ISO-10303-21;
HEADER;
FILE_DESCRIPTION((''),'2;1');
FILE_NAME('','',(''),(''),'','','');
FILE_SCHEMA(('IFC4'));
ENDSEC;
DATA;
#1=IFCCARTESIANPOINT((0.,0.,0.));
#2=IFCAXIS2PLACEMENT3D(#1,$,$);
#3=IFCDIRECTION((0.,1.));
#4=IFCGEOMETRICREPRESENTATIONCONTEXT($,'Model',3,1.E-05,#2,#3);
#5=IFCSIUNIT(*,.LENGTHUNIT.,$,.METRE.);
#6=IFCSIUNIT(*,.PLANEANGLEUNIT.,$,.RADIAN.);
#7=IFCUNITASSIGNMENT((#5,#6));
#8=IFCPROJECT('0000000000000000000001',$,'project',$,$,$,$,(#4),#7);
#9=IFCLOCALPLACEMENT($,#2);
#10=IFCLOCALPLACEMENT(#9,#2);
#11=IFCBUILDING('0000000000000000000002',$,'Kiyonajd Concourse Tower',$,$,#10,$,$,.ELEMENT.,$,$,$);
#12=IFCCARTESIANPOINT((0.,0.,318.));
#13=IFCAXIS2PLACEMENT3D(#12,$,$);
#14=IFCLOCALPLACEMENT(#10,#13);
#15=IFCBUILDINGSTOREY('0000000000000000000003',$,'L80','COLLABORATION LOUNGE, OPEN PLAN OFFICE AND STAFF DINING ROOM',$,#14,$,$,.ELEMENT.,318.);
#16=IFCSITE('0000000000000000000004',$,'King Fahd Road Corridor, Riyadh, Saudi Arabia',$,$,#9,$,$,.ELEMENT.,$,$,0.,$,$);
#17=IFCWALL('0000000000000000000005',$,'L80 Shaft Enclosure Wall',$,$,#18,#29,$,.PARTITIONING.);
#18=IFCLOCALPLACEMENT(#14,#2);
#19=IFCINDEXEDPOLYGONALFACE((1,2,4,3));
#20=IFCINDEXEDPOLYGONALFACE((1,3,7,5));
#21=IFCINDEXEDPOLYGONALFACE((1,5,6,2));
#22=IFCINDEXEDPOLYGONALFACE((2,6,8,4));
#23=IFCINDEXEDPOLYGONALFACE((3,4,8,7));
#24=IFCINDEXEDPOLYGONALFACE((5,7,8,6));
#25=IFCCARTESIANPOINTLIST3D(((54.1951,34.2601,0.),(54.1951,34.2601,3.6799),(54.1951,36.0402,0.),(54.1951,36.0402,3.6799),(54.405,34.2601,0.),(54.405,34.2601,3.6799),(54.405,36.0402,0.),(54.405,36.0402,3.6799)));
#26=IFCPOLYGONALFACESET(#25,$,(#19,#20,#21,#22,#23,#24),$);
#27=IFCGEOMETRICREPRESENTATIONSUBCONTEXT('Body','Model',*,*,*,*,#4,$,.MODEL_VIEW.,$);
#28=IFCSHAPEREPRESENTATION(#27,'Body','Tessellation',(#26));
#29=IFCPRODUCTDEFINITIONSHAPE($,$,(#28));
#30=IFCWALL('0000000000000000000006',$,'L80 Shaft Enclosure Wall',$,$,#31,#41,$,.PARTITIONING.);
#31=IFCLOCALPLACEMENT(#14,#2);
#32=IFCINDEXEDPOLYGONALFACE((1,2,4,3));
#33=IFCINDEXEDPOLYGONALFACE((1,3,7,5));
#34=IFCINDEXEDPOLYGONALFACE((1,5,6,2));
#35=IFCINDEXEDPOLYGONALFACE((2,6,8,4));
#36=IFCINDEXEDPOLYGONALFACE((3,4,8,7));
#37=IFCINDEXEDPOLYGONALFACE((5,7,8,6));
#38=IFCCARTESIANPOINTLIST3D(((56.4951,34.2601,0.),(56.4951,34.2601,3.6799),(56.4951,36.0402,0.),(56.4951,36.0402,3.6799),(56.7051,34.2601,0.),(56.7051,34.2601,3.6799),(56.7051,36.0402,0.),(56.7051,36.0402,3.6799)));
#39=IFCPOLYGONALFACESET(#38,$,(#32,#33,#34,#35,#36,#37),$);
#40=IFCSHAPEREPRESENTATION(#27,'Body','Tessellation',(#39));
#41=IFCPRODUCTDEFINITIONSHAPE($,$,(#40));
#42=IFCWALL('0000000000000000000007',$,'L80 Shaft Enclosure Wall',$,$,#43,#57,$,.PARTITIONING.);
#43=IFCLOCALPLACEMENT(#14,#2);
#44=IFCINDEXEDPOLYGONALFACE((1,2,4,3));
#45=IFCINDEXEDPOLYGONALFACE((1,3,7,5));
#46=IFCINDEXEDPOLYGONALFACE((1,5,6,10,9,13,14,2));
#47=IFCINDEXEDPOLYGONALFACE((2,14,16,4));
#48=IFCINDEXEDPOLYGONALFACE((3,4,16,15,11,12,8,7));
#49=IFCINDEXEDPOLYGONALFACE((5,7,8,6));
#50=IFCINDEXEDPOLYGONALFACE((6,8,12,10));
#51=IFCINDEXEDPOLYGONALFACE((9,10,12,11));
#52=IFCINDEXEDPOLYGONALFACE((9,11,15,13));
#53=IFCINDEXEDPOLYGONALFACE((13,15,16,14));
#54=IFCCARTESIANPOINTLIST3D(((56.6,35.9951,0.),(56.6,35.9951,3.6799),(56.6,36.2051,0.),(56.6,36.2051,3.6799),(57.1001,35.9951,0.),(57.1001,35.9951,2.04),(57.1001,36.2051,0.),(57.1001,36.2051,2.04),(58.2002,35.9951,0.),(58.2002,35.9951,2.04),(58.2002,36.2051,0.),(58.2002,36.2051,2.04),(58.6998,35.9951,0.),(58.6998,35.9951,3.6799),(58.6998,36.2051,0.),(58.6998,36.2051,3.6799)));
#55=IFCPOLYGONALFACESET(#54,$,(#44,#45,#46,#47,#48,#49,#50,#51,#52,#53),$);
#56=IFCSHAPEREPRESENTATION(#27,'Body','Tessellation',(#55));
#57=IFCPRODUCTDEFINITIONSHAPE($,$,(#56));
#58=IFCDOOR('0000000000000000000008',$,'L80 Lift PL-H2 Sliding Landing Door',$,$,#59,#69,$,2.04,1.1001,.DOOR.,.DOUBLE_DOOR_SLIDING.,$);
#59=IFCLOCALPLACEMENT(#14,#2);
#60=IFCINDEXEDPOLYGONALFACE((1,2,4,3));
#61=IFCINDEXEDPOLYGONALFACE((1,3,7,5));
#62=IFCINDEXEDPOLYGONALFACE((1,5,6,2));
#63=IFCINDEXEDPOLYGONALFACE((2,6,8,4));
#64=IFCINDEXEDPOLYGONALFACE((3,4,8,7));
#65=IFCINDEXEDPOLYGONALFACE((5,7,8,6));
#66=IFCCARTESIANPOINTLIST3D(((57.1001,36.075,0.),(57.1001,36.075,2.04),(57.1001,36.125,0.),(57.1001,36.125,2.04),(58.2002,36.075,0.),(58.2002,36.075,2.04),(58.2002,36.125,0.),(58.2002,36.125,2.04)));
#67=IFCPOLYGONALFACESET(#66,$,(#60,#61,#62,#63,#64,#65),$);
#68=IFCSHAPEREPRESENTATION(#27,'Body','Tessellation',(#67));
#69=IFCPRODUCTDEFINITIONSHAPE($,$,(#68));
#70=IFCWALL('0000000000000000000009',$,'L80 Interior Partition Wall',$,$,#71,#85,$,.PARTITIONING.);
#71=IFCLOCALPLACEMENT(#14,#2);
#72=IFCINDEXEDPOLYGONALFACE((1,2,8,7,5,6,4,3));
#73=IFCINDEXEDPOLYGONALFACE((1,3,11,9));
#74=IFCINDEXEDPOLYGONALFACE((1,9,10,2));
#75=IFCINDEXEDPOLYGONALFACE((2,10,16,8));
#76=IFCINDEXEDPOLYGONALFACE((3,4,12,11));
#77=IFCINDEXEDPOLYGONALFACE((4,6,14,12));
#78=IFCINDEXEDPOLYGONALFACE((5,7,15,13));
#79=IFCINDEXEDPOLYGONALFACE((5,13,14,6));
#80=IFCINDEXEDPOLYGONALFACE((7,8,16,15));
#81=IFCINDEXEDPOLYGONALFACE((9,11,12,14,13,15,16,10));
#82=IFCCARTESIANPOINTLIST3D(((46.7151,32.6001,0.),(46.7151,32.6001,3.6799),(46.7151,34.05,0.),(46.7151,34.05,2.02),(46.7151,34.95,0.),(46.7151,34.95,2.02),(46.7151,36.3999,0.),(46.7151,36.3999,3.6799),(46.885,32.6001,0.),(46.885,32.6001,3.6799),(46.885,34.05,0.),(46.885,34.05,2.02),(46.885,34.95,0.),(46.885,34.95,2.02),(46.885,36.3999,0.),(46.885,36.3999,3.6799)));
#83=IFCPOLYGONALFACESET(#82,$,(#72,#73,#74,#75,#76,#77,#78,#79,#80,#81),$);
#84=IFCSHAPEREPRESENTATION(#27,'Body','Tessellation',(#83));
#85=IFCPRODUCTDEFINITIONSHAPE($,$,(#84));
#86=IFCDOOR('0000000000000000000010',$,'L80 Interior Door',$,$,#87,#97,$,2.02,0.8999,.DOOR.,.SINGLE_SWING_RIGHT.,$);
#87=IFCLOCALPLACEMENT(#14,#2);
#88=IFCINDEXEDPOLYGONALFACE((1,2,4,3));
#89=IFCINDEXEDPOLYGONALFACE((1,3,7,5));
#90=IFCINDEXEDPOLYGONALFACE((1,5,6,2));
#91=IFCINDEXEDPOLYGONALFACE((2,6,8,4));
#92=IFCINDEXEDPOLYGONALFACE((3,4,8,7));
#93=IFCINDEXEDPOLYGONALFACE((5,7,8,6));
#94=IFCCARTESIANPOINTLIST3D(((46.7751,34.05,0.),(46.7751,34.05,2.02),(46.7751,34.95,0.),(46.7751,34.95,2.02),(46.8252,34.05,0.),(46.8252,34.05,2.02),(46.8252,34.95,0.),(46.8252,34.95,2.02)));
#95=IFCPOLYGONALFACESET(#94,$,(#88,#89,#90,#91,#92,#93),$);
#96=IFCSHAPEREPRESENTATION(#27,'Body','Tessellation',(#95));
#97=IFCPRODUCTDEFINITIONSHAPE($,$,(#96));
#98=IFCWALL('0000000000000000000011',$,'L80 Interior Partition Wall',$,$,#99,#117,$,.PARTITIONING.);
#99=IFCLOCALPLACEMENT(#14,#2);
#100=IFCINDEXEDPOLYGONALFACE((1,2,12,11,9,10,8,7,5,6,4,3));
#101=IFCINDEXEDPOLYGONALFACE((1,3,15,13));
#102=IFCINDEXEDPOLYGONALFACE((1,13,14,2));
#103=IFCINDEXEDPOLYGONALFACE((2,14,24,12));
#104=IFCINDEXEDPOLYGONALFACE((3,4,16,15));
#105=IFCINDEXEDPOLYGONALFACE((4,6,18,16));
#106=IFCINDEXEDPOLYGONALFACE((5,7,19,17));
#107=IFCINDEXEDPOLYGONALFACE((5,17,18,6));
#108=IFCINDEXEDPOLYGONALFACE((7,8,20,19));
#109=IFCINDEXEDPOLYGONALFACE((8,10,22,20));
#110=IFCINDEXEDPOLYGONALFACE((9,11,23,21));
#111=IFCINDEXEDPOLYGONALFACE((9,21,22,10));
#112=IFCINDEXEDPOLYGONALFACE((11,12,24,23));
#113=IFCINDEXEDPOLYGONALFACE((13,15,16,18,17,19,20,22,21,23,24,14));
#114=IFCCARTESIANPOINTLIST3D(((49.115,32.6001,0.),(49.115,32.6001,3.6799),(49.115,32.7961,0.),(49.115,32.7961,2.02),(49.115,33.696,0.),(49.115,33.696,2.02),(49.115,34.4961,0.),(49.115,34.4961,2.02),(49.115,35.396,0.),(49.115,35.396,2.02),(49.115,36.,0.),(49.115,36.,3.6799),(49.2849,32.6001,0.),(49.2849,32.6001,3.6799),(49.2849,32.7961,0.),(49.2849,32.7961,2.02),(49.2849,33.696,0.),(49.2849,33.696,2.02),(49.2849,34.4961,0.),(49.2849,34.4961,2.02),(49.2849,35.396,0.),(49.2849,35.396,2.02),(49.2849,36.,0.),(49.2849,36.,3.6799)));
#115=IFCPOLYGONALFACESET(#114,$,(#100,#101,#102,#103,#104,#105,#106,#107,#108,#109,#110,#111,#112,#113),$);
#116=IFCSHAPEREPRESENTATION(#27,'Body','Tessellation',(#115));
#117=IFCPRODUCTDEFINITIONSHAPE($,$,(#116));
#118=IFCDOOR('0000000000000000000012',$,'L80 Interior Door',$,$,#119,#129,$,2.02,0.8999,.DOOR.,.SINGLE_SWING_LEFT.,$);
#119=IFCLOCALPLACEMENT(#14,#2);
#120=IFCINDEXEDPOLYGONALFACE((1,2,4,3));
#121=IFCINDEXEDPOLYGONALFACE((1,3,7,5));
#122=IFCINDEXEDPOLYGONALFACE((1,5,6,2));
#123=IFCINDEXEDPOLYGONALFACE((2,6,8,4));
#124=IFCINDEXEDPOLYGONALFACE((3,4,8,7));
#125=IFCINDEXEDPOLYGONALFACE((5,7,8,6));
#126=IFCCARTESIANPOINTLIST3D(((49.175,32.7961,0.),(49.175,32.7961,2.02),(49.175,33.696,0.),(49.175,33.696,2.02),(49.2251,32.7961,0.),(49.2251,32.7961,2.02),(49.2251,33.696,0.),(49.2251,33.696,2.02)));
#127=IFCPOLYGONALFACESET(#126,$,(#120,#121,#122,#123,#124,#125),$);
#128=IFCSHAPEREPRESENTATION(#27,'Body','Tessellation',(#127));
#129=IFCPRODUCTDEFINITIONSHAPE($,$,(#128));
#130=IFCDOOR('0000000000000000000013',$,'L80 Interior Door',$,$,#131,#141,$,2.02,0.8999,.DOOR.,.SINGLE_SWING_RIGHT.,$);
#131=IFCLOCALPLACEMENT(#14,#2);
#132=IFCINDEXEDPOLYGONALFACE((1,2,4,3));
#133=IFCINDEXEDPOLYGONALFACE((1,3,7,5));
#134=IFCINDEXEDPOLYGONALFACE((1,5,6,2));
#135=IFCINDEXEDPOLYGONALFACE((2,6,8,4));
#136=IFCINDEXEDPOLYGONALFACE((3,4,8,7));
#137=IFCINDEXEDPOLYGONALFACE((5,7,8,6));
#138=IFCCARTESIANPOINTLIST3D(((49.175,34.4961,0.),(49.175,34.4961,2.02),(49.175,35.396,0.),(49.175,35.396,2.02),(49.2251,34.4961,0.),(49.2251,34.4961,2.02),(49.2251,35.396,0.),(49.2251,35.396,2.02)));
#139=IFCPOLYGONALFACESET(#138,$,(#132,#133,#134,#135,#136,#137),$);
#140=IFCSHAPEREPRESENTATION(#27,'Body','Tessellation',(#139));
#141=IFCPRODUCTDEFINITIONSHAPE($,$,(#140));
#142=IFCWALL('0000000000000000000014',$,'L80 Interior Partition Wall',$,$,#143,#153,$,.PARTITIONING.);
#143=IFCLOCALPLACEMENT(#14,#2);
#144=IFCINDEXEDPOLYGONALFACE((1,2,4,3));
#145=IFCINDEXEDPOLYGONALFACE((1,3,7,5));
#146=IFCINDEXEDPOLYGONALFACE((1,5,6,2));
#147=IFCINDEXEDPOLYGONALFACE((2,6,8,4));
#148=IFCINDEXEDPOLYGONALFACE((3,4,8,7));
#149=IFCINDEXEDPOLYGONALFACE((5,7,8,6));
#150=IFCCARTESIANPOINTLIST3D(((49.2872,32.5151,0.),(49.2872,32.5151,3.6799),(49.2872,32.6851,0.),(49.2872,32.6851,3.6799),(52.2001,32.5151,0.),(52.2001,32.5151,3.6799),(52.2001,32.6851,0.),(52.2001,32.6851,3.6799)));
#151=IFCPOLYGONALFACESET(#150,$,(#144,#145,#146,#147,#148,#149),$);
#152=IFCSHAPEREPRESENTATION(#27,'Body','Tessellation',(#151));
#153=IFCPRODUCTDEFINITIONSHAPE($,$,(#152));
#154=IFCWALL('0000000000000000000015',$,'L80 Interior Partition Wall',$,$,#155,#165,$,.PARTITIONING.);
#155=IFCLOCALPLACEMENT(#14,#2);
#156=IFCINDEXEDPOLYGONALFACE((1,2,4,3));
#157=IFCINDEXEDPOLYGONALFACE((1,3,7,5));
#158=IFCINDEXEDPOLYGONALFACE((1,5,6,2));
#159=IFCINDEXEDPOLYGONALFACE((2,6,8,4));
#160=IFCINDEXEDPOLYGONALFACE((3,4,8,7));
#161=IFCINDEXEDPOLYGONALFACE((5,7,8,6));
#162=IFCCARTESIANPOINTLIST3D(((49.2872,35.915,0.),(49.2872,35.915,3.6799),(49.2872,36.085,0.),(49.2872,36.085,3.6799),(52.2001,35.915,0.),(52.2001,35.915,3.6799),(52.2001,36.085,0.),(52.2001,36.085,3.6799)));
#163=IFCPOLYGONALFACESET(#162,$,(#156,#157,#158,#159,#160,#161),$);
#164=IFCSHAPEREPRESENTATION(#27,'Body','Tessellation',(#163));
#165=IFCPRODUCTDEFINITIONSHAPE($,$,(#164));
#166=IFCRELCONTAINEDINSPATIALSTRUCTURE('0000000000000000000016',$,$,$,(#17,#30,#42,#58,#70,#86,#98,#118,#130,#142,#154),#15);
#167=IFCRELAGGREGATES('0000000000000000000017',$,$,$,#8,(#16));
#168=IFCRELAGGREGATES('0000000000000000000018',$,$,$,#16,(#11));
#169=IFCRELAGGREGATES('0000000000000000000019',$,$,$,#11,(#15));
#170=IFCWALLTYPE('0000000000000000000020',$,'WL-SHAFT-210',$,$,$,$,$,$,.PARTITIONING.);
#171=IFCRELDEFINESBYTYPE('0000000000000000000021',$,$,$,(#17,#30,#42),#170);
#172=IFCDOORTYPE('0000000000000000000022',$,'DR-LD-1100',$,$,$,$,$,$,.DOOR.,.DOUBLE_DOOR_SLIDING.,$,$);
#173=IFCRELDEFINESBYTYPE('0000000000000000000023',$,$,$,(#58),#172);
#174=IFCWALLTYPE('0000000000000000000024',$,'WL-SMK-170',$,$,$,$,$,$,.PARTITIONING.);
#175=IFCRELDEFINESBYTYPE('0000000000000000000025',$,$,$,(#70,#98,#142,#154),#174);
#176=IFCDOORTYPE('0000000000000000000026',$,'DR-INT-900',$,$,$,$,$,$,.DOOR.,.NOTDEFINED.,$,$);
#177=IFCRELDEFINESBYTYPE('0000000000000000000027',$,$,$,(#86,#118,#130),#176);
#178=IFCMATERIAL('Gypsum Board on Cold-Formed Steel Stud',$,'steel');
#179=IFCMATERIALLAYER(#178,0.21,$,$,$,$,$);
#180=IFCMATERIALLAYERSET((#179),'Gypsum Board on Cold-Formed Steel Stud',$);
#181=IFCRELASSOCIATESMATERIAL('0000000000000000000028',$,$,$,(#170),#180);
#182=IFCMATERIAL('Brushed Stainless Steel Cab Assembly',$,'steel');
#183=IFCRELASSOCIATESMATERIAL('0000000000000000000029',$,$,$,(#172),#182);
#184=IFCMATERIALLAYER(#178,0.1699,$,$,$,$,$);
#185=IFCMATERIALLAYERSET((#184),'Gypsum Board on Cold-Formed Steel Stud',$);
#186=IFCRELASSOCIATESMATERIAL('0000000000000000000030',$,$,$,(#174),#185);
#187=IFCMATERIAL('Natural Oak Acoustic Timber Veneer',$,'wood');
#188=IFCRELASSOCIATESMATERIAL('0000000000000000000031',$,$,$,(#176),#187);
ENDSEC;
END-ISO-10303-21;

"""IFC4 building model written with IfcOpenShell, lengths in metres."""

from ifc_helpers import new_model, si_unit, direction, frame, frame_2d, origin, place, context, subcontext, project, spatial, rectangle, extrude, material, layer, layer_set, type_object, element, fill, save


model = new_model("IFC4")

# Units and contexts
model_context = context("Model", 3, precision=1e-05, world=origin(), true_north=direction((0.0, 1.0)))
body_context = subcontext(model_context, "Body", "Model", "MODEL_VIEW")
ifc_project = project(units=[si_unit("LENGTHUNIT", "METRE"), si_unit("PLANEANGLEUNIT", "RADIAN")], contexts=[model_context])

# Site, building, storey
site_placement = place(None, origin())
site = spatial("IfcSite", under=ifc_project, at=site_placement, Name="King Fahd Road Corridor, Riyadh, Saudi Arabia", CompositionType="ELEMENT", RefElevation=0.0)
building_placement = place(site_placement, origin())
building = spatial("IfcBuilding", under=site, at=building_placement, Name="Kiyonajd Concourse Tower", CompositionType="ELEMENT")
storey_placement = place(building_placement, frame((0.0, 0.0, 318.0)))
storey = spatial("IfcBuildingStorey", under=building, at=storey_placement, Name="L80", Description="COLLABORATION LOUNGE, OPEN PLAN OFFICE AND STAFF DINING ROOM", CompositionType="ELEMENT", Elevation=318.0)

# Shared definitions
ifc_material_1 = material(Name="Gypsum Board on Cold-Formed Steel Stud", Category="steel")

# Shared definitions
ifc_layer_1 = layer(ifc_material_1, 0.21)
ifc_layer_set_1 = layer_set([ifc_layer_1], Name="Gypsum Board on Cold-Formed Steel Stud")
wall_type_1 = type_object("IfcWallType", Name="WL-SHAFT-210", PredefinedType="PARTITIONING", material=ifc_layer_set_1)
ifc_material_2 = material(Name="Brushed Stainless Steel Cab Assembly", Category="steel")

# Shared definitions
door_type_1 = type_object("IfcDoorType", Name="DR-LD-1100", OperationType="DOUBLE_DOOR_SLIDING", PredefinedType="DOOR", material=ifc_material_2)

# Walls
for number, where, z_axis, x_axis, name in (
    (1, (54.3, 34.26, 0.0), (0.0, 0.0, 1.0), (0.0, 1.0, 0.0), "L80 Shaft Enclosure Wall"),
    (2, (56.6001, 34.26, 0.0), (0.0, 0.0, 1.0), (0.0, 1.0, 0.0), "L80 Shaft Enclosure Wall"),
):
    element("IfcWall", number, at=place(storey_placement, frame(where, z_axis=z_axis, x_axis=x_axis)), inside=storey, type_object=wall_type_1, Name=name, PredefinedType="PARTITIONING", context=body_context, shape_type="SweptSolid", body=[
        extrude(rectangle(XDim=1.78, YDim=0.21, at=frame_2d((0.8901, 0.0))), origin(), (0.0, 0.0, 1.0), 3.6799),
    ])

# Walls, openings, doors
wall_1_placement = place(storey_placement, frame((56.6001, 36.1001, 0.0), z_axis=(0.0, 0.0, 1.0), x_axis=(1.0, 0.0, 0.0)))
wall_1 = element("IfcWall", 3, at=wall_1_placement, inside=storey, type_object=wall_type_1, Name="L80 Shaft Enclosure Wall", PredefinedType="PARTITIONING", context=body_context, shape_type="SweptSolid", body=[
    extrude(rectangle(XDim=2.0999, YDim=0.21, at=frame_2d((1.0498, 0.0))), origin(), (0.0, 0.0, 1.0), 3.6799),
])
opening_1_placement = place(wall_1_placement, frame((0.5, 0.0, 0.0)))
opening_1 = element("IfcOpeningElement", 4, at=opening_1_placement, cuts=wall_1, PredefinedType="OPENING", context=body_context, shape_type="SweptSolid", body=[
    extrude(rectangle(XDim=1.1001, YDim=2.04, at=frame_2d((0.55, 1.02))), frame((0.0, 0.115, 0.0), z_axis=(0.0, -1.0, 0.0), x_axis=(1.0, 0.0, 0.0)), (0.0, 0.0, 1.0), 0.23),
])
door_1_placement = place(opening_1_placement, origin())
door_1 = element("IfcDoor", 5, at=door_1_placement, inside=storey, type_object=door_type_1, Name="L80 Lift PL-H2 Sliding Landing Door", OperationType="DOUBLE_DOOR_SLIDING", OverallHeight=2.04, OverallWidth=1.1001, PredefinedType="DOOR", context=body_context, shape_type="SweptSolid", body=[
    extrude(rectangle(XDim=1.1001, YDim=2.04, at=frame_2d((0.55, 1.02))), frame((0.0, 0.0249, 0.0), z_axis=(0.0, -1.0, 0.0), x_axis=(1.0, 0.0, 0.0)), (0.0, 0.0, 1.0), 0.05),
])
fill(opening_1, door_1)
ifc_layer_2 = layer(ifc_material_1, 0.1699)
ifc_layer_set_2 = layer_set([ifc_layer_2], Name="Gypsum Board on Cold-Formed Steel Stud")
wall_type_2 = type_object("IfcWallType", Name="WL-SMK-170", PredefinedType="PARTITIONING", material=ifc_layer_set_2)
wall_2_placement = place(storey_placement, frame((46.8, 32.6001, 0.0), z_axis=(0.0, 0.0, 1.0), x_axis=(0.0, 1.0, 0.0)))
wall_2 = element("IfcWall", 6, at=wall_2_placement, inside=storey, type_object=wall_type_2, Name="L80 Interior Partition Wall", PredefinedType="PARTITIONING", context=body_context, shape_type="SweptSolid", body=[
    extrude(rectangle(XDim=3.7998, YDim=0.1699, at=frame_2d((1.8999, 0.0))), origin(), (0.0, 0.0, 1.0), 3.6799),
])
opening_2_placement = place(wall_2_placement, frame((1.45, 0.0, 0.0)))
opening_2 = element("IfcOpeningElement", 7, at=opening_2_placement, cuts=wall_2, PredefinedType="OPENING", context=body_context, shape_type="SweptSolid", body=[
    extrude(rectangle(XDim=0.8999, YDim=2.02, at=frame_2d((0.45, 1.01))), frame((0.0, 0.095, 0.0), z_axis=(0.0, -1.0, 0.0), x_axis=(1.0, 0.0, 0.0)), (0.0, 0.0, 1.0), 0.1899),
])
ifc_material_3 = material(Name="Natural Oak Acoustic Timber Veneer", Category="wood")
door_type_2 = type_object("IfcDoorType", Name="DR-INT-900", OperationType="NOTDEFINED", PredefinedType="DOOR", material=ifc_material_3)
door_2_placement = place(opening_2_placement, origin())
door_2 = element("IfcDoor", 8, at=door_2_placement, inside=storey, type_object=door_type_2, Name="L80 Interior Door", OperationType="SINGLE_SWING_RIGHT", OverallHeight=2.02, OverallWidth=0.8999, PredefinedType="DOOR", context=body_context, shape_type="SweptSolid", body=[
    extrude(rectangle(XDim=0.8999, YDim=2.02, at=frame_2d((0.45, 1.01))), frame((0.0, 0.0249, 0.0), z_axis=(0.0, -1.0, 0.0), x_axis=(1.0, 0.0, 0.0)), (0.0, 0.0, 1.0), 0.05),
])
fill(opening_2, door_2)

# Wall, openings, doors
wall_3_placement = place(storey_placement, frame((49.2, 32.6001, 0.0), z_axis=(0.0, 0.0, 1.0), x_axis=(0.0, 1.0, 0.0)))
wall_3 = element("IfcWall", 9, at=wall_3_placement, inside=storey, type_object=wall_type_2, Name="L80 Interior Partition Wall", PredefinedType="PARTITIONING", context=body_context, shape_type="SweptSolid", body=[
    extrude(rectangle(XDim=3.3999, YDim=0.1699, at=frame_2d((1.7, 0.0))), origin(), (0.0, 0.0, 1.0), 3.6799),
])
opening_3_placement = place(wall_3_placement, frame((0.196, 0.0, 0.0)))
opening_3 = element("IfcOpeningElement", 10, at=opening_3_placement, cuts=wall_3, PredefinedType="OPENING", context=body_context, shape_type="SweptSolid", body=[
    extrude(rectangle(XDim=0.8999, YDim=2.02, at=frame_2d((0.45, 1.01))), frame((0.0, 0.095, 0.0), z_axis=(0.0, -1.0, 0.0), x_axis=(1.0, 0.0, 0.0)), (0.0, 0.0, 1.0), 0.1899),
])
opening_4_placement = place(wall_3_placement, frame((1.896, 0.0, 0.0)))
opening_4 = element("IfcOpeningElement", 11, at=opening_4_placement, cuts=wall_3, PredefinedType="OPENING", context=body_context, shape_type="SweptSolid", body=[
    extrude(rectangle(XDim=0.8999, YDim=2.02, at=frame_2d((0.45, 1.01))), frame((0.0, 0.095, 0.0), z_axis=(0.0, -1.0, 0.0), x_axis=(1.0, 0.0, 0.0)), (0.0, 0.0, 1.0), 0.1899),
])
door_3_placement = place(opening_3_placement, origin())
door_3 = element("IfcDoor", 12, at=door_3_placement, inside=storey, type_object=door_type_2, Name="L80 Interior Door", OperationType="SINGLE_SWING_LEFT", OverallHeight=2.02, OverallWidth=0.8999, PredefinedType="DOOR", context=body_context, shape_type="SweptSolid", body=[
    extrude(rectangle(XDim=0.8999, YDim=2.02, at=frame_2d((0.45, 1.01))), frame((0.0, 0.0249, 0.0), z_axis=(0.0, -1.0, 0.0), x_axis=(1.0, 0.0, 0.0)), (0.0, 0.0, 1.0), 0.05),
])
fill(opening_3, door_3)
door_4_placement = place(opening_4_placement, origin())
door_4 = element("IfcDoor", 13, at=door_4_placement, inside=storey, type_object=door_type_2, Name="L80 Interior Door", OperationType="SINGLE_SWING_RIGHT", OverallHeight=2.02, OverallWidth=0.8999, PredefinedType="DOOR", context=body_context, shape_type="SweptSolid", body=[
    extrude(rectangle(XDim=0.8999, YDim=2.02, at=frame_2d((0.45, 1.01))), frame((0.0, 0.0249, 0.0), z_axis=(0.0, -1.0, 0.0), x_axis=(1.0, 0.0, 0.0)), (0.0, 0.0, 1.0), 0.05),
])
fill(opening_4, door_4)

# Walls
for number, where, z_axis, x_axis, name in (
    (14, (49.2871, 32.6001, 0.0), (0.0, 0.0, 1.0), (1.0, 0.0, 0.0), "L80 Interior Partition Wall"),
    (15, (49.2871, 36.0, 0.0), (0.0, 0.0, 1.0), (1.0, 0.0, 0.0), "L80 Interior Partition Wall"),
):
    element("IfcWall", number, at=place(storey_placement, frame(where, z_axis=z_axis, x_axis=x_axis)), inside=storey, type_object=wall_type_2, Name=name, PredefinedType="PARTITIONING", context=body_context, shape_type="SweptSolid", body=[
        extrude(rectangle(XDim=2.9128, YDim=0.1699, at=frame_2d((1.4565, 0.0))), origin(), (0.0, 0.0, 1.0), 3.6799),
    ])

save(model, "model.ifc")
